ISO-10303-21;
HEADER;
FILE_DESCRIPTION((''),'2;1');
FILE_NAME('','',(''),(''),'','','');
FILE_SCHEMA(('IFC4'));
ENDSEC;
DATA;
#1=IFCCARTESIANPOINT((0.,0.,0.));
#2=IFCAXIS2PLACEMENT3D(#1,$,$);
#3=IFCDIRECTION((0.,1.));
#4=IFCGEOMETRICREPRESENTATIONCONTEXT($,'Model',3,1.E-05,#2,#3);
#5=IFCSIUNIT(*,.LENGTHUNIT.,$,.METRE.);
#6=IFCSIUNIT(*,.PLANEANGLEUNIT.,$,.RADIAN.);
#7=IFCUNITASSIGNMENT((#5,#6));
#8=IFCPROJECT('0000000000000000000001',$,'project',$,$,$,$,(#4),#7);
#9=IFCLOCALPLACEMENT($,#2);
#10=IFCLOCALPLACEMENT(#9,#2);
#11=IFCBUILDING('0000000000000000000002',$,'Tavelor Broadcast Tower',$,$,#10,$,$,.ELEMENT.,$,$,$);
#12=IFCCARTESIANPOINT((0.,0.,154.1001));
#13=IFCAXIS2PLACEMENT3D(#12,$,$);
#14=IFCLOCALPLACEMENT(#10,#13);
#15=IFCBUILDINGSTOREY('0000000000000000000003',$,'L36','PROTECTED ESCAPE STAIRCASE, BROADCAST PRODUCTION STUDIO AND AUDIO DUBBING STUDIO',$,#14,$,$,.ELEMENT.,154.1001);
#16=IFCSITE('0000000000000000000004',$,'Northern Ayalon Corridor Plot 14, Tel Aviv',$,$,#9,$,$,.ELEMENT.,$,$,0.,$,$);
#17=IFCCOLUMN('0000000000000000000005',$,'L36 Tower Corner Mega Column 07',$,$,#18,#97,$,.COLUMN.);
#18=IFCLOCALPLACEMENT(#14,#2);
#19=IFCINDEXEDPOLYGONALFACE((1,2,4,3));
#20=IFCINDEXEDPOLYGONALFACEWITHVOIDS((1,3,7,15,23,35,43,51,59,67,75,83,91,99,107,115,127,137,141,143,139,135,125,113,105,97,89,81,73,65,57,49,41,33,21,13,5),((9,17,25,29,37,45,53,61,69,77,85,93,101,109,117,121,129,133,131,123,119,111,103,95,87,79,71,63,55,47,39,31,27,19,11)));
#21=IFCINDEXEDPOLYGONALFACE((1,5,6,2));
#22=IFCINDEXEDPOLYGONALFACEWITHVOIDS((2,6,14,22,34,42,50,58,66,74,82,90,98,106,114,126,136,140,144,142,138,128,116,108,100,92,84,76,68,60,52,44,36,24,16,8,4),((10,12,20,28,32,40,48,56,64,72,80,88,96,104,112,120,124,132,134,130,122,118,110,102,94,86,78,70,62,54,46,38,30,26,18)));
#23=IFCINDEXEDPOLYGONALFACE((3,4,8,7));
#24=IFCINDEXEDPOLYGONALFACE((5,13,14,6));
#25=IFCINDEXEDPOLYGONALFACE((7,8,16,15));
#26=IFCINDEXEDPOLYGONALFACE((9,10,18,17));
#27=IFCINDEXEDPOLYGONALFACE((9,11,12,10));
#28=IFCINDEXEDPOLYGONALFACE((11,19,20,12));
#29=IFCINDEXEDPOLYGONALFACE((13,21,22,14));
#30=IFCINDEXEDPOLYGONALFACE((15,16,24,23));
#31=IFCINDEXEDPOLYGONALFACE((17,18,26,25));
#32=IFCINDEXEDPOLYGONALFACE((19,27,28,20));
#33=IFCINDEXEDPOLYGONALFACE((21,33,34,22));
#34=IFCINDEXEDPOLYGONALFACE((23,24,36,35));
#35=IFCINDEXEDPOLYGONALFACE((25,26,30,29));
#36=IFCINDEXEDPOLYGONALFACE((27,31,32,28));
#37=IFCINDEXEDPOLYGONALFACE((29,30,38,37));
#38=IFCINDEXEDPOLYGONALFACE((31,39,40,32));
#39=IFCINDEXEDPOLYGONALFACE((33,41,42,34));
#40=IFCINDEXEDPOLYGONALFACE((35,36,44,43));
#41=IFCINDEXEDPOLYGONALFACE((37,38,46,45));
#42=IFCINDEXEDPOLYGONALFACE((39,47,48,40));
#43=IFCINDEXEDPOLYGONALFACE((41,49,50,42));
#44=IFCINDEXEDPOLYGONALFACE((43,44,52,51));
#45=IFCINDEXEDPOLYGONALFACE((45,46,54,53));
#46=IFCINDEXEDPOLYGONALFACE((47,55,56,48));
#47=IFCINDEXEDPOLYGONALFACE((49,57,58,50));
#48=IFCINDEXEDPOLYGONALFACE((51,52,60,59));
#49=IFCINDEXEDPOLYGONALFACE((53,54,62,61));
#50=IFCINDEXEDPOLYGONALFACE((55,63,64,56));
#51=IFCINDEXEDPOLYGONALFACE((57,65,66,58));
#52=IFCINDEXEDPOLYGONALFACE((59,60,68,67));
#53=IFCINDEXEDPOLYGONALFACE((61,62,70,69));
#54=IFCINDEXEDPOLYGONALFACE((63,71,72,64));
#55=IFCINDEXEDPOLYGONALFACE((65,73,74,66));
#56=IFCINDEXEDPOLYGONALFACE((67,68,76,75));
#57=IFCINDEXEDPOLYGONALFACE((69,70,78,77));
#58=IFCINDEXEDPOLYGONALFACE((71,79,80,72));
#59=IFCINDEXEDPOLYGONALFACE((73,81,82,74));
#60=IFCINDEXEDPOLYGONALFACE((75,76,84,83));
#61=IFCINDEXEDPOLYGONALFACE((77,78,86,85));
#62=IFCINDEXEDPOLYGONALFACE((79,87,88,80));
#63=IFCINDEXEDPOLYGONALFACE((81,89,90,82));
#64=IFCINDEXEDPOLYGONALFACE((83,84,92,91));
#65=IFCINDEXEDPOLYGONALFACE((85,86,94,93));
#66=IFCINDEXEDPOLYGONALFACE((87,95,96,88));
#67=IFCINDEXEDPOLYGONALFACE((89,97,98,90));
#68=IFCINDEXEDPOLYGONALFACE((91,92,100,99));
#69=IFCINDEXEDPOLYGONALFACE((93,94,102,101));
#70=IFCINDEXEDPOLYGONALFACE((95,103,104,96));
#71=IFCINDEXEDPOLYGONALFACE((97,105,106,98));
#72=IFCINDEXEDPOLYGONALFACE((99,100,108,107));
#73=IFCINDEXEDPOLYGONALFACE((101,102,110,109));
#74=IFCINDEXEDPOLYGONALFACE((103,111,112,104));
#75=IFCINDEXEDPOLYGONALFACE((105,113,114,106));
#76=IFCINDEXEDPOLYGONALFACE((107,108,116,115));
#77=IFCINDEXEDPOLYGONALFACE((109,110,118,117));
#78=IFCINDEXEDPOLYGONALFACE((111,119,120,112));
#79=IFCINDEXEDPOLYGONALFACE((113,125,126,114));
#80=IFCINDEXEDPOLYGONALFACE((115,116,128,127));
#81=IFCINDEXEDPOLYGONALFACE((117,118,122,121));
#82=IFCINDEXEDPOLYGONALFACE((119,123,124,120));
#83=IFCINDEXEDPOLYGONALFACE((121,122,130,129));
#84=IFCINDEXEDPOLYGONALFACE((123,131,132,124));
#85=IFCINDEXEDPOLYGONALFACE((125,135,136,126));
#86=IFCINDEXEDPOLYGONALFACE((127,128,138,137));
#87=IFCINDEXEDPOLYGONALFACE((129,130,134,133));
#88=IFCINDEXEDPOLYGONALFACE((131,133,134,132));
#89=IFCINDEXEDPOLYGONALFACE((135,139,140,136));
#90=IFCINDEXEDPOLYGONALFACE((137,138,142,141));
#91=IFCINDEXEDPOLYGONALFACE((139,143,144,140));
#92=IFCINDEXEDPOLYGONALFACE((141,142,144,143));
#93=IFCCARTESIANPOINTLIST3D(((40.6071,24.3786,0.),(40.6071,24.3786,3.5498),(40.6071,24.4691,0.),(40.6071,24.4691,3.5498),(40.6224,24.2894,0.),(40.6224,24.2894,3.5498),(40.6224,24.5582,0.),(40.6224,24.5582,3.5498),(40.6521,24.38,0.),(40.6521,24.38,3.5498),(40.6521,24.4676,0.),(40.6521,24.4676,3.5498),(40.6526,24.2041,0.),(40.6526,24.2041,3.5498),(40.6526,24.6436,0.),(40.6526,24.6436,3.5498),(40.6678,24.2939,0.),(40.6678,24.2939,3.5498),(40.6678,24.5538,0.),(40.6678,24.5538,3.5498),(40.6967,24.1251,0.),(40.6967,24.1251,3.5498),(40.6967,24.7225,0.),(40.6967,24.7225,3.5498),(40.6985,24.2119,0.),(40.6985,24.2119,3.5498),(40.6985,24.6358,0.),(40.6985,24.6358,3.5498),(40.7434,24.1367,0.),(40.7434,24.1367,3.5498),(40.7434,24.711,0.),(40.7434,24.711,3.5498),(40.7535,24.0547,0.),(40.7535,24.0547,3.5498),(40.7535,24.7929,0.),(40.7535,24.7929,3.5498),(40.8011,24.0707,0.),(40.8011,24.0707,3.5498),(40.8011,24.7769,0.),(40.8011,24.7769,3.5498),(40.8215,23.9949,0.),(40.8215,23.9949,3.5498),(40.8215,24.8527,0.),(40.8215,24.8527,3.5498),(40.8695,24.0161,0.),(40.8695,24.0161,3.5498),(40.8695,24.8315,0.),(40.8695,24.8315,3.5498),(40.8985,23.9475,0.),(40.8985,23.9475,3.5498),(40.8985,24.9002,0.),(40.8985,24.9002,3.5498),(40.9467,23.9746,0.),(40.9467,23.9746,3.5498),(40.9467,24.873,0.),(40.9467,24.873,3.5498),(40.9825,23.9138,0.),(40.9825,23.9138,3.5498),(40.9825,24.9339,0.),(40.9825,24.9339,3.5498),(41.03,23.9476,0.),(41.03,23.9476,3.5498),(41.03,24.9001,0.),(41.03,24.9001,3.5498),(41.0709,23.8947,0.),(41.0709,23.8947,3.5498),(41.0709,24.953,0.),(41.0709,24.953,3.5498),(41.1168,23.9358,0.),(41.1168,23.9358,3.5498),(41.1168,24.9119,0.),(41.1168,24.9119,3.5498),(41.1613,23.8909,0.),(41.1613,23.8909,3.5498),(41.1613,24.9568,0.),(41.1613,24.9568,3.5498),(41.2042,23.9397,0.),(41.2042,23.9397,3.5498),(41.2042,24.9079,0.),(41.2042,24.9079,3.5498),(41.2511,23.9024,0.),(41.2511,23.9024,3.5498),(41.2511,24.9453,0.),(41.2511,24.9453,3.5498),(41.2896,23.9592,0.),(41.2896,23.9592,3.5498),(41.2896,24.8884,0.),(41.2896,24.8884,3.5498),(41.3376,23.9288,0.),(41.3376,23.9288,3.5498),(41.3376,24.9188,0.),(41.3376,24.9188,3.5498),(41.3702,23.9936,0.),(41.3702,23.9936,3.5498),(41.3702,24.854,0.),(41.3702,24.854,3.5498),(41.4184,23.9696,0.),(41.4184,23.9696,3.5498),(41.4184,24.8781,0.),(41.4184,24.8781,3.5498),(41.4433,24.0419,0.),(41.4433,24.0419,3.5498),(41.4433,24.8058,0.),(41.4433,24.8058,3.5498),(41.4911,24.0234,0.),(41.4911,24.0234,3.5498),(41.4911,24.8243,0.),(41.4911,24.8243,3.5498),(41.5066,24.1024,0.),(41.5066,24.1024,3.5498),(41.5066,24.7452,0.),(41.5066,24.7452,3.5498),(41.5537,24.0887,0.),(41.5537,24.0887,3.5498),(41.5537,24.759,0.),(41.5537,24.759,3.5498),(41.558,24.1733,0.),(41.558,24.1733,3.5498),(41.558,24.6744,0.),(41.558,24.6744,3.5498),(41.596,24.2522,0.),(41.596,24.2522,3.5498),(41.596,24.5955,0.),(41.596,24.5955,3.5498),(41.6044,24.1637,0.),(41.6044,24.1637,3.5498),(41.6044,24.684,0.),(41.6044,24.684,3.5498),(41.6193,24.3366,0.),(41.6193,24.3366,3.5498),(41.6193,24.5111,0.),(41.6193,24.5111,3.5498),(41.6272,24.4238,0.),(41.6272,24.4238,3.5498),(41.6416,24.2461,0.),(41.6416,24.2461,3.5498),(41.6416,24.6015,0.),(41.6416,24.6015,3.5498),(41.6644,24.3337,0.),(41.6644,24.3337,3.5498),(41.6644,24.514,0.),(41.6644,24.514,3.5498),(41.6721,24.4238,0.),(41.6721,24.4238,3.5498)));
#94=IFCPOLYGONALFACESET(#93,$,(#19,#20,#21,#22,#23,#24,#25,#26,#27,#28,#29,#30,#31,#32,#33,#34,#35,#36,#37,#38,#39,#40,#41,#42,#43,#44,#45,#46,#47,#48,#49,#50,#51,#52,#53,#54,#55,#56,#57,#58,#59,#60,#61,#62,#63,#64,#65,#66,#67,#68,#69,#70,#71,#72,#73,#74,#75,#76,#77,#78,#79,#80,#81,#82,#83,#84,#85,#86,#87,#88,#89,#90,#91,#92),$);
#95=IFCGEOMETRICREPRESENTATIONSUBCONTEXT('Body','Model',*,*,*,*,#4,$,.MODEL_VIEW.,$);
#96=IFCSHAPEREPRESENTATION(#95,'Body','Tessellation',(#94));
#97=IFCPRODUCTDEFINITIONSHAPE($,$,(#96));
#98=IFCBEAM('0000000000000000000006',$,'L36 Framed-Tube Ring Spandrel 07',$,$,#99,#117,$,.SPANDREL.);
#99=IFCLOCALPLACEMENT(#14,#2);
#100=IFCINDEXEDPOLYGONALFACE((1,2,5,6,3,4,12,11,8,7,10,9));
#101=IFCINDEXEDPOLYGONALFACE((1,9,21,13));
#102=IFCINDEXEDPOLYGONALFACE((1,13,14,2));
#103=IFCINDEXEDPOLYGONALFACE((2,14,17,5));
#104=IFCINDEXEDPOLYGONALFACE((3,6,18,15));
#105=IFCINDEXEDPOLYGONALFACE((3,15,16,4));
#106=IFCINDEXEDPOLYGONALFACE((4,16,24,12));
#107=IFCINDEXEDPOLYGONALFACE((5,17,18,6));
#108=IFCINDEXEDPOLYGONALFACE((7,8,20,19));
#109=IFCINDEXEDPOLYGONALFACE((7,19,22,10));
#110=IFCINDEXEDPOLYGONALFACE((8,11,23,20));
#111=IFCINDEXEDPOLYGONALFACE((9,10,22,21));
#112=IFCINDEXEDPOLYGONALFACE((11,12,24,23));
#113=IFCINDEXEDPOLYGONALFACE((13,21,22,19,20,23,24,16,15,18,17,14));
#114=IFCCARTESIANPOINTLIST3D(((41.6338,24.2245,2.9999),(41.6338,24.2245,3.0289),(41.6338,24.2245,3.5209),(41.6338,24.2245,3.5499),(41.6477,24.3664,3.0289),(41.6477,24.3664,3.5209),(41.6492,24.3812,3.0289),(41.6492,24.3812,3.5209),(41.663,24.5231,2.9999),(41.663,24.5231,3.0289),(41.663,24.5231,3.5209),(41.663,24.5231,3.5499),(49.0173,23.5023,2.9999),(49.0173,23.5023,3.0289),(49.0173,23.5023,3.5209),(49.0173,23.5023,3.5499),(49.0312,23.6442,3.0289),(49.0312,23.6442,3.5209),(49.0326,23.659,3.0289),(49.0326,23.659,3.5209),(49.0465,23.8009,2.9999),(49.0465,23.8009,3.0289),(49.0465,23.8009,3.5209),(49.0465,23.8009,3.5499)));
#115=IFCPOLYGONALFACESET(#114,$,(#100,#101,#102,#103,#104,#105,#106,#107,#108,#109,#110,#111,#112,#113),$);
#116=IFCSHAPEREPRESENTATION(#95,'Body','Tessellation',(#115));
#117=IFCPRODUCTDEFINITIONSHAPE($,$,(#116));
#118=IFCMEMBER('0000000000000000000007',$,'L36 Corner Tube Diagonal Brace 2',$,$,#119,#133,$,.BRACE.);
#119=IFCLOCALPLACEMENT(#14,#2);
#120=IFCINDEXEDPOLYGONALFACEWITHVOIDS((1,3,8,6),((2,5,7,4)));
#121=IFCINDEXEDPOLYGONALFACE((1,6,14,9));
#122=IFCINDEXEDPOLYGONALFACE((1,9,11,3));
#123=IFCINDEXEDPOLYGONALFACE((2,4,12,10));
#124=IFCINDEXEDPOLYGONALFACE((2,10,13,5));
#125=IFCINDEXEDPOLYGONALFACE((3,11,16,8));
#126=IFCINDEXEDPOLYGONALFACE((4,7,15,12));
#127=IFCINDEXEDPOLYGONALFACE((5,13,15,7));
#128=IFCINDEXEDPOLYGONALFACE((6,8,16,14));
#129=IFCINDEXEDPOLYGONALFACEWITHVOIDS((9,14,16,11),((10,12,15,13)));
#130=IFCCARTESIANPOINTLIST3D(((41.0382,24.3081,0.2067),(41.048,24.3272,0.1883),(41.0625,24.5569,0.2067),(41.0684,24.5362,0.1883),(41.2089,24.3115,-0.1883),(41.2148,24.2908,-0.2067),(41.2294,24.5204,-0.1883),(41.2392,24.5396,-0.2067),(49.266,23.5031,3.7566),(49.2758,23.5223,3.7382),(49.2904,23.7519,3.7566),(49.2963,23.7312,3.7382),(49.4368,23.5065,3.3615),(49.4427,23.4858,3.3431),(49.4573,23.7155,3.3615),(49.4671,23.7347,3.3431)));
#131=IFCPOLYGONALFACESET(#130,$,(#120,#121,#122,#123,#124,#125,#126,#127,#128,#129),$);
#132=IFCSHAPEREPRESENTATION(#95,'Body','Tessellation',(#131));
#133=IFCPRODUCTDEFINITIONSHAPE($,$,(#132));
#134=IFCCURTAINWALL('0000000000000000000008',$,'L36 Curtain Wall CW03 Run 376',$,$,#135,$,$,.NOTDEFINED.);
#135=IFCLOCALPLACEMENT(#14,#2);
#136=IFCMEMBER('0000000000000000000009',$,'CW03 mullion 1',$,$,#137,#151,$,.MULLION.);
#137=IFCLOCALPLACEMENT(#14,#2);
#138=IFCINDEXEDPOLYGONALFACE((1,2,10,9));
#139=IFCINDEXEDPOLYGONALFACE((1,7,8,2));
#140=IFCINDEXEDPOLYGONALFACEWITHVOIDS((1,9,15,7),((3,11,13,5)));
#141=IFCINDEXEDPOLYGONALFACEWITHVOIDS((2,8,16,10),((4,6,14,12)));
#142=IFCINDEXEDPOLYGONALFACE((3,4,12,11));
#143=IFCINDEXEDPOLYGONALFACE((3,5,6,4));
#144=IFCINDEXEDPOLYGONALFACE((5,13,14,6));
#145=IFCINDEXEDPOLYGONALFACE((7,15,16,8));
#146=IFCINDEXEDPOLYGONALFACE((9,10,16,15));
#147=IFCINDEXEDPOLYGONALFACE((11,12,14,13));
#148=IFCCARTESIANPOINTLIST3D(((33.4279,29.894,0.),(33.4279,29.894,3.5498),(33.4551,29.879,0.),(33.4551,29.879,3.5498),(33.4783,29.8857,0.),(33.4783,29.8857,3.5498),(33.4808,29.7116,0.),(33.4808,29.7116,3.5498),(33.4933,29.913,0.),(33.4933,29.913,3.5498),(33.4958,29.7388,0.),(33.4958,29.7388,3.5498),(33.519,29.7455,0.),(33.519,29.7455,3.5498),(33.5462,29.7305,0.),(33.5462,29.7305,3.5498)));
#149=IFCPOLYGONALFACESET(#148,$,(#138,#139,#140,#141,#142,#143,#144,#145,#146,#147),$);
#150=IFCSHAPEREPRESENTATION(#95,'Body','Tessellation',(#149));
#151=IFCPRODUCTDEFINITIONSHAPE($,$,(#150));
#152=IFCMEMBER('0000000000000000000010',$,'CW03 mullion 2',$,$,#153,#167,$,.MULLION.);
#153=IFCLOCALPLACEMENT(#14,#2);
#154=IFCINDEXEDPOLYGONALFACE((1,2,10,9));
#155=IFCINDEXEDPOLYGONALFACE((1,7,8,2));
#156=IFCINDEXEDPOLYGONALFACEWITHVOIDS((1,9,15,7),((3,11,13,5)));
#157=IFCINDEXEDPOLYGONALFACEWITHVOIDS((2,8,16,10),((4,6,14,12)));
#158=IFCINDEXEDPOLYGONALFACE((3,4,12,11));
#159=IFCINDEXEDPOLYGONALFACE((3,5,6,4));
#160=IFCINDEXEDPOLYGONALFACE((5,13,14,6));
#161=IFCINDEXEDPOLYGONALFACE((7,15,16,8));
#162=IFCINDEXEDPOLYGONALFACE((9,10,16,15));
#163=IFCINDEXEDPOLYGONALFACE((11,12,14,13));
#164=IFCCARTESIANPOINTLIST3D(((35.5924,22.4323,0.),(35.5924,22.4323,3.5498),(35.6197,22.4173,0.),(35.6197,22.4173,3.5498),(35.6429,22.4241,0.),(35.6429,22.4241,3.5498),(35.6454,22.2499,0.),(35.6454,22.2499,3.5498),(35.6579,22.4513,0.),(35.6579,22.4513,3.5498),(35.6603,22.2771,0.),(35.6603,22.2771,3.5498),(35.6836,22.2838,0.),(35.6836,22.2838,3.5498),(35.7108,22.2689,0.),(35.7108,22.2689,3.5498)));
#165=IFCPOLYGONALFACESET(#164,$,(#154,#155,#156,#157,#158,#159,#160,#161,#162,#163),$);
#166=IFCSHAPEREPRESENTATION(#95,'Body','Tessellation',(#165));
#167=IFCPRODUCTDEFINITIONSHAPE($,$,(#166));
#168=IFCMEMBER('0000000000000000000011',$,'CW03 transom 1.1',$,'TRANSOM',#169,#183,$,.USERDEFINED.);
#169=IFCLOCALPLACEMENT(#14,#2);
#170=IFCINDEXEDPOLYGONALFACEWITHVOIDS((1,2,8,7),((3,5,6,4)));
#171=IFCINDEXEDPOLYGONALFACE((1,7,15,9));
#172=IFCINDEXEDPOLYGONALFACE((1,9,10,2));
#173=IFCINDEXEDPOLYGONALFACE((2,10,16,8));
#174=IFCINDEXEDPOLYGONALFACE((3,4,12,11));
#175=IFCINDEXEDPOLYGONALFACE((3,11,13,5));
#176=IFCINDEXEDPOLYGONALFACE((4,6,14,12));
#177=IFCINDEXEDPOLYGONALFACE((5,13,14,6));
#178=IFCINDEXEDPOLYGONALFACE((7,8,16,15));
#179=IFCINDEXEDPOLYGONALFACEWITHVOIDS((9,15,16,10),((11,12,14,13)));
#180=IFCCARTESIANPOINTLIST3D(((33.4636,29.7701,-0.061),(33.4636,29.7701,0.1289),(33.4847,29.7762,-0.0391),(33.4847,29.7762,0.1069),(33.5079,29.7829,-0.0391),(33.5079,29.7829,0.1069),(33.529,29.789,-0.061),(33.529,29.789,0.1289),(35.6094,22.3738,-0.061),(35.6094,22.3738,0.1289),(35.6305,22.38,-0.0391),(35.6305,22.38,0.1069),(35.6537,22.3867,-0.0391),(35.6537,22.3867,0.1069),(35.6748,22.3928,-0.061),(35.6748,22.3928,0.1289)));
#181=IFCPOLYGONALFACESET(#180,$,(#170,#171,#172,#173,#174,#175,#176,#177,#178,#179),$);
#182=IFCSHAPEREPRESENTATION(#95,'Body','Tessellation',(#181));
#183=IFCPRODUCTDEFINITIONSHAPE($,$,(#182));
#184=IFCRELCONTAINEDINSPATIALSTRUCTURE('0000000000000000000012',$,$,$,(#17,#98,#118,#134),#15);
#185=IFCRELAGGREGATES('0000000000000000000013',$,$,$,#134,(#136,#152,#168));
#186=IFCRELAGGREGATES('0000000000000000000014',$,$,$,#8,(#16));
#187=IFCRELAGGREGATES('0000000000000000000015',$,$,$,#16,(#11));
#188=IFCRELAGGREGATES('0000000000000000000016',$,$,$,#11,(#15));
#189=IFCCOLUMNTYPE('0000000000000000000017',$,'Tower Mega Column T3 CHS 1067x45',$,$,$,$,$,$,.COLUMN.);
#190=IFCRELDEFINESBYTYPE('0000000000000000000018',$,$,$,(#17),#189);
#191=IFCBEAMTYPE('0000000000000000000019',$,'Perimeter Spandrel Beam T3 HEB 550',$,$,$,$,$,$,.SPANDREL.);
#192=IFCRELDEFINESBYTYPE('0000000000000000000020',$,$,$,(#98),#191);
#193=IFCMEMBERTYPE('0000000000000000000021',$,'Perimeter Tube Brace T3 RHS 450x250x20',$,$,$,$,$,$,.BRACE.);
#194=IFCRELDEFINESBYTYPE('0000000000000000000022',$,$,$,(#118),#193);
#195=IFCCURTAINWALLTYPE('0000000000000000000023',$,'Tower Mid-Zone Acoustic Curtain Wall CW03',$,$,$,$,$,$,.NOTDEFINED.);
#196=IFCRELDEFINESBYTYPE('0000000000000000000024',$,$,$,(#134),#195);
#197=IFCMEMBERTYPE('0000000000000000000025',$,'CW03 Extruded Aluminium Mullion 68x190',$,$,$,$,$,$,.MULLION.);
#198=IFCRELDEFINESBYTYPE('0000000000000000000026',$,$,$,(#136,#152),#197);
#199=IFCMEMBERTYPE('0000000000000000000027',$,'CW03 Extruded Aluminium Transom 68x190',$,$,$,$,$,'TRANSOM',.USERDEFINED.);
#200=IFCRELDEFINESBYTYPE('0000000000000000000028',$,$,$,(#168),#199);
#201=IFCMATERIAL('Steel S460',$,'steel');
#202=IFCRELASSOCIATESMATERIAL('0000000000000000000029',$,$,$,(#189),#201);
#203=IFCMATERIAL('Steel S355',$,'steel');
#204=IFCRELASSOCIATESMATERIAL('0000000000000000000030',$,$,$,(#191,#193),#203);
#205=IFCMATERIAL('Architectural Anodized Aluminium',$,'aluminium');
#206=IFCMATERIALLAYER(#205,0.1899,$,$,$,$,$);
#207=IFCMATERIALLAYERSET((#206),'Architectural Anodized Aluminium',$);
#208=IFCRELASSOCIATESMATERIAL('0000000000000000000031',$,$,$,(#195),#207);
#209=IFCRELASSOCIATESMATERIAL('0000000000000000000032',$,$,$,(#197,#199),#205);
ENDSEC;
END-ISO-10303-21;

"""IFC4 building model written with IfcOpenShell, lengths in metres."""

from ifc_helpers import new_model, si_unit, direction, frame, origin, origin_2d, place, context, subcontext, project, spatial, hollow_rectangle, hollow_circle, i_section, extrude, source, transform, mapped, material, layer, layer_set, material_profile, profile_set, type_object, type_shapes, element, aggregate, save


model = new_model("IFC4")

# Units and contexts
model_context = context("Model", 3, precision=1e-05, world=origin(), true_north=direction((0.0, 1.0)))
body_context = subcontext(model_context, "Body", "Model", "MODEL_VIEW")
ifc_project = project(units=[si_unit("LENGTHUNIT", "METRE"), si_unit("PLANEANGLEUNIT", "RADIAN")], contexts=[model_context])

# Site, building, storey
site_placement = place(None, origin())
site = spatial("IfcSite", under=ifc_project, at=site_placement, Name="Northern Ayalon Corridor Plot 14, Tel Aviv", CompositionType="ELEMENT", RefElevation=0.0)
building_placement = place(site_placement, origin())
building = spatial("IfcBuilding", under=site, at=building_placement, Name="Tavelor Broadcast Tower", CompositionType="ELEMENT")
storey_placement = place(building_placement, frame((0.0, 0.0, 154.1001)))
storey = spatial("IfcBuildingStorey", under=building, at=storey_placement, Name="L36", Description="PROTECTED ESCAPE STAIRCASE, BROADCAST PRODUCTION STUDIO AND AUDIO DUBBING STUDIO", CompositionType="ELEMENT", Elevation=154.1001)

# Column
ifc_material_1 = material(Name="Steel S460", Category="steel")
ifc_material_profile_1 = material_profile(ifc_material_1, hollow_circle(Radius=0.5334, WallThickness=0.0449, at=origin_2d()), Name="CHS 1067x45")
ifc_profile_set_1 = profile_set([ifc_material_profile_1], Name="Steel S460")
column_type = type_object("IfcColumnType", Name="Tower Mega Column T3 CHS 1067x45", PredefinedType="COLUMN", material=ifc_profile_set_1)
column_placement = place(storey_placement, frame((41.1387, 24.4238, 0.0), z_axis=(0.0, 0.0, 1.0), x_axis=(1.0, 0.0, 0.0)))
element("IfcColumn", 1, at=column_placement, inside=storey, type_object=column_type, Name="L36 Tower Corner Mega Column 07", PredefinedType="COLUMN", context=body_context, shape_type="SweptSolid", body=[
    extrude(hollow_circle(Radius=0.5334, WallThickness=0.0449, at=origin_2d()), origin(), (0.0, 0.0, 1.0), 3.5498),
])

# Beam
ifc_material_2 = material(Name="Steel S355", Category="steel")
ifc_material_profile_2 = material_profile(ifc_material_2, i_section(OverallWidth=0.3, OverallDepth=0.55, WebThickness=0.0149, FlangeThickness=0.0291, at=origin_2d()), Name="HEB 550")
ifc_profile_set_2 = profile_set([ifc_material_profile_2], Name="Steel S355")
beam_type = type_object("IfcBeamType", Name="Perimeter Spandrel Beam T3 HEB 550", PredefinedType="SPANDREL", material=ifc_profile_set_2)
beam_placement = place(storey_placement, frame((41.6484, 24.3738, 3.2749), z_axis=(0.995251, -0.097343, 0.0), x_axis=(0.097343, 0.995251, 0.0)))
element("IfcBeam", 2, at=beam_placement, inside=storey, type_object=beam_type, Name="L36 Framed-Tube Ring Spandrel 07", PredefinedType="SPANDREL", context=body_context, shape_type="SweptSolid", body=[
    extrude(i_section(OverallWidth=0.3, OverallDepth=0.55, WebThickness=0.0149, FlangeThickness=0.0291, at=origin_2d()), origin(), (0.0, 0.0, 1.0), 7.4187),
])

# Member
ifc_material_profile_3 = material_profile(ifc_material_2, hollow_rectangle(XDim=0.25, YDim=0.45, WallThickness=0.02, at=origin_2d()), Name="RHS 450x250x20")
ifc_profile_set_3 = profile_set([ifc_material_profile_3], Name="Steel S355")
member_type_1 = type_object("IfcMemberType", Name="Perimeter Tube Brace T3 RHS 450x250x20", PredefinedType="BRACE", material=ifc_profile_set_3)
member_1_placement = place(storey_placement, frame((41.1387, 24.4238, 0.0), z_axis=(0.914506, -0.089467, 0.394556), x_axis=(0.097366, 0.995249, 0.0)))
element("IfcMember", 3, at=member_1_placement, inside=storey, type_object=member_type_1, Name="L36 Corner Tube Diagonal Brace 2", PredefinedType="BRACE", context=body_context, shape_type="SweptSolid", body=[
    extrude(hollow_rectangle(XDim=0.25, YDim=0.45, WallThickness=0.02, at=origin_2d()), origin(), (0.0, 0.0, 1.0), 8.9971),
])

# Curtain wall, members
ifc_material_3 = material(Name="Architectural Anodized Aluminium", Category="aluminium")
ifc_layer_1 = layer(ifc_material_3, 0.1899)
ifc_layer_set_1 = layer_set([ifc_layer_1], Name="Architectural Anodized Aluminium")
curtain_wall_type = type_object("IfcCurtainWallType", Name="Tower Mid-Zone Acoustic Curtain Wall CW03", PredefinedType="NOTDEFINED", material=ifc_layer_set_1)
curtain_wall_placement = place(storey_placement, origin())
curtain_wall = element("IfcCurtainWall", 4, at=curtain_wall_placement, inside=storey, type_object=curtain_wall_type, Name="L36 Curtain Wall CW03 Run 376", PredefinedType="NOTDEFINED")
ifc_material_profile_4 = material_profile(ifc_material_3, hollow_rectangle(XDim=0.0681, YDim=0.1899, WallThickness=0.022, at=origin_2d()), Name="RHS 68x190x22")
ifc_profile_set_4 = profile_set([ifc_material_profile_4], Name="Architectural Anodized Aluminium")
member_type_2 = type_object("IfcMemberType", Name="CW03 Extruded Aluminium Mullion 68x190", PredefinedType="MULLION", material=ifc_profile_set_4)
shared_shape_1 = source(origin(), body_context, "Body", "SweptSolid", [
    extrude(hollow_rectangle(XDim=0.0681, YDim=0.1899, WallThickness=0.022, at=origin_2d()), origin(), (0.0, 0.0, 1.0), 3.5498),
])
type_shapes(member_type_2, [shared_shape_1])
member_2_placement = place(storey_placement, frame((33.4871, 29.8123, 0.0), z_axis=(0.0, 0.0, 1.0), x_axis=(0.960406, 0.278603, 0.0)))
member_2 = element("IfcMember", 5, at=member_2_placement, type_object=member_type_2, Name="CW03 mullion 1", PredefinedType="MULLION", context=body_context, shape_type="MappedRepresentation", body=[
    mapped(shared_shape_1, transform((0.0, 0.0, 0.0), scale=1.0)),
])
member_3_placement = place(storey_placement, frame((35.6516, 22.3506, 0.0), z_axis=(0.0, 0.0, 1.0), x_axis=(0.960406, 0.278603, 0.0)))
member_3 = element("IfcMember", 6, at=member_3_placement, type_object=member_type_2, Name="CW03 mullion 2", PredefinedType="MULLION", context=body_context, shape_type="MappedRepresentation", body=[
    mapped(shared_shape_1, transform((0.0, 0.0, 0.0), scale=1.0)),
])
ifc_material_profile_5 = material_profile(ifc_material_3, hollow_rectangle(XDim=0.0681, YDim=0.1899, WallThickness=0.022, at=origin_2d()), Name="RHS 68x190x22")
ifc_profile_set_5 = profile_set([ifc_material_profile_5], Name="Architectural Anodized Aluminium")
member_type_3 = type_object("IfcMemberType", Name="CW03 Extruded Aluminium Transom 68x190", ElementType="TRANSOM", PredefinedType="USERDEFINED", material=ifc_profile_set_5)
shared_shape_2 = source(origin(), body_context, "Body", "SweptSolid", [
    extrude(hollow_rectangle(XDim=0.0681, YDim=0.1899, WallThickness=0.022, at=origin_2d()), origin(), (0.0, 0.0, 1.0), 7.7012),
])
type_shapes(member_type_3, [shared_shape_2])
member_4_placement = place(storey_placement, frame((33.4963, 29.7795, 0.0339), z_axis=(0.278625, -0.9604, 0.0), x_axis=(0.9604, 0.278625, 0.0)))
member_4 = element("IfcMember", 7, at=member_4_placement, type_object=member_type_3, Name="CW03 transom 1.1", ObjectType="TRANSOM", PredefinedType="USERDEFINED", context=body_context, shape_type="MappedRepresentation", body=[
    mapped(shared_shape_2, transform((0.0, 0.0, 0.0), scale=1.0)),
])

aggregate(curtain_wall, [member_2, member_3, member_4])

save(model, "model.ifc")
